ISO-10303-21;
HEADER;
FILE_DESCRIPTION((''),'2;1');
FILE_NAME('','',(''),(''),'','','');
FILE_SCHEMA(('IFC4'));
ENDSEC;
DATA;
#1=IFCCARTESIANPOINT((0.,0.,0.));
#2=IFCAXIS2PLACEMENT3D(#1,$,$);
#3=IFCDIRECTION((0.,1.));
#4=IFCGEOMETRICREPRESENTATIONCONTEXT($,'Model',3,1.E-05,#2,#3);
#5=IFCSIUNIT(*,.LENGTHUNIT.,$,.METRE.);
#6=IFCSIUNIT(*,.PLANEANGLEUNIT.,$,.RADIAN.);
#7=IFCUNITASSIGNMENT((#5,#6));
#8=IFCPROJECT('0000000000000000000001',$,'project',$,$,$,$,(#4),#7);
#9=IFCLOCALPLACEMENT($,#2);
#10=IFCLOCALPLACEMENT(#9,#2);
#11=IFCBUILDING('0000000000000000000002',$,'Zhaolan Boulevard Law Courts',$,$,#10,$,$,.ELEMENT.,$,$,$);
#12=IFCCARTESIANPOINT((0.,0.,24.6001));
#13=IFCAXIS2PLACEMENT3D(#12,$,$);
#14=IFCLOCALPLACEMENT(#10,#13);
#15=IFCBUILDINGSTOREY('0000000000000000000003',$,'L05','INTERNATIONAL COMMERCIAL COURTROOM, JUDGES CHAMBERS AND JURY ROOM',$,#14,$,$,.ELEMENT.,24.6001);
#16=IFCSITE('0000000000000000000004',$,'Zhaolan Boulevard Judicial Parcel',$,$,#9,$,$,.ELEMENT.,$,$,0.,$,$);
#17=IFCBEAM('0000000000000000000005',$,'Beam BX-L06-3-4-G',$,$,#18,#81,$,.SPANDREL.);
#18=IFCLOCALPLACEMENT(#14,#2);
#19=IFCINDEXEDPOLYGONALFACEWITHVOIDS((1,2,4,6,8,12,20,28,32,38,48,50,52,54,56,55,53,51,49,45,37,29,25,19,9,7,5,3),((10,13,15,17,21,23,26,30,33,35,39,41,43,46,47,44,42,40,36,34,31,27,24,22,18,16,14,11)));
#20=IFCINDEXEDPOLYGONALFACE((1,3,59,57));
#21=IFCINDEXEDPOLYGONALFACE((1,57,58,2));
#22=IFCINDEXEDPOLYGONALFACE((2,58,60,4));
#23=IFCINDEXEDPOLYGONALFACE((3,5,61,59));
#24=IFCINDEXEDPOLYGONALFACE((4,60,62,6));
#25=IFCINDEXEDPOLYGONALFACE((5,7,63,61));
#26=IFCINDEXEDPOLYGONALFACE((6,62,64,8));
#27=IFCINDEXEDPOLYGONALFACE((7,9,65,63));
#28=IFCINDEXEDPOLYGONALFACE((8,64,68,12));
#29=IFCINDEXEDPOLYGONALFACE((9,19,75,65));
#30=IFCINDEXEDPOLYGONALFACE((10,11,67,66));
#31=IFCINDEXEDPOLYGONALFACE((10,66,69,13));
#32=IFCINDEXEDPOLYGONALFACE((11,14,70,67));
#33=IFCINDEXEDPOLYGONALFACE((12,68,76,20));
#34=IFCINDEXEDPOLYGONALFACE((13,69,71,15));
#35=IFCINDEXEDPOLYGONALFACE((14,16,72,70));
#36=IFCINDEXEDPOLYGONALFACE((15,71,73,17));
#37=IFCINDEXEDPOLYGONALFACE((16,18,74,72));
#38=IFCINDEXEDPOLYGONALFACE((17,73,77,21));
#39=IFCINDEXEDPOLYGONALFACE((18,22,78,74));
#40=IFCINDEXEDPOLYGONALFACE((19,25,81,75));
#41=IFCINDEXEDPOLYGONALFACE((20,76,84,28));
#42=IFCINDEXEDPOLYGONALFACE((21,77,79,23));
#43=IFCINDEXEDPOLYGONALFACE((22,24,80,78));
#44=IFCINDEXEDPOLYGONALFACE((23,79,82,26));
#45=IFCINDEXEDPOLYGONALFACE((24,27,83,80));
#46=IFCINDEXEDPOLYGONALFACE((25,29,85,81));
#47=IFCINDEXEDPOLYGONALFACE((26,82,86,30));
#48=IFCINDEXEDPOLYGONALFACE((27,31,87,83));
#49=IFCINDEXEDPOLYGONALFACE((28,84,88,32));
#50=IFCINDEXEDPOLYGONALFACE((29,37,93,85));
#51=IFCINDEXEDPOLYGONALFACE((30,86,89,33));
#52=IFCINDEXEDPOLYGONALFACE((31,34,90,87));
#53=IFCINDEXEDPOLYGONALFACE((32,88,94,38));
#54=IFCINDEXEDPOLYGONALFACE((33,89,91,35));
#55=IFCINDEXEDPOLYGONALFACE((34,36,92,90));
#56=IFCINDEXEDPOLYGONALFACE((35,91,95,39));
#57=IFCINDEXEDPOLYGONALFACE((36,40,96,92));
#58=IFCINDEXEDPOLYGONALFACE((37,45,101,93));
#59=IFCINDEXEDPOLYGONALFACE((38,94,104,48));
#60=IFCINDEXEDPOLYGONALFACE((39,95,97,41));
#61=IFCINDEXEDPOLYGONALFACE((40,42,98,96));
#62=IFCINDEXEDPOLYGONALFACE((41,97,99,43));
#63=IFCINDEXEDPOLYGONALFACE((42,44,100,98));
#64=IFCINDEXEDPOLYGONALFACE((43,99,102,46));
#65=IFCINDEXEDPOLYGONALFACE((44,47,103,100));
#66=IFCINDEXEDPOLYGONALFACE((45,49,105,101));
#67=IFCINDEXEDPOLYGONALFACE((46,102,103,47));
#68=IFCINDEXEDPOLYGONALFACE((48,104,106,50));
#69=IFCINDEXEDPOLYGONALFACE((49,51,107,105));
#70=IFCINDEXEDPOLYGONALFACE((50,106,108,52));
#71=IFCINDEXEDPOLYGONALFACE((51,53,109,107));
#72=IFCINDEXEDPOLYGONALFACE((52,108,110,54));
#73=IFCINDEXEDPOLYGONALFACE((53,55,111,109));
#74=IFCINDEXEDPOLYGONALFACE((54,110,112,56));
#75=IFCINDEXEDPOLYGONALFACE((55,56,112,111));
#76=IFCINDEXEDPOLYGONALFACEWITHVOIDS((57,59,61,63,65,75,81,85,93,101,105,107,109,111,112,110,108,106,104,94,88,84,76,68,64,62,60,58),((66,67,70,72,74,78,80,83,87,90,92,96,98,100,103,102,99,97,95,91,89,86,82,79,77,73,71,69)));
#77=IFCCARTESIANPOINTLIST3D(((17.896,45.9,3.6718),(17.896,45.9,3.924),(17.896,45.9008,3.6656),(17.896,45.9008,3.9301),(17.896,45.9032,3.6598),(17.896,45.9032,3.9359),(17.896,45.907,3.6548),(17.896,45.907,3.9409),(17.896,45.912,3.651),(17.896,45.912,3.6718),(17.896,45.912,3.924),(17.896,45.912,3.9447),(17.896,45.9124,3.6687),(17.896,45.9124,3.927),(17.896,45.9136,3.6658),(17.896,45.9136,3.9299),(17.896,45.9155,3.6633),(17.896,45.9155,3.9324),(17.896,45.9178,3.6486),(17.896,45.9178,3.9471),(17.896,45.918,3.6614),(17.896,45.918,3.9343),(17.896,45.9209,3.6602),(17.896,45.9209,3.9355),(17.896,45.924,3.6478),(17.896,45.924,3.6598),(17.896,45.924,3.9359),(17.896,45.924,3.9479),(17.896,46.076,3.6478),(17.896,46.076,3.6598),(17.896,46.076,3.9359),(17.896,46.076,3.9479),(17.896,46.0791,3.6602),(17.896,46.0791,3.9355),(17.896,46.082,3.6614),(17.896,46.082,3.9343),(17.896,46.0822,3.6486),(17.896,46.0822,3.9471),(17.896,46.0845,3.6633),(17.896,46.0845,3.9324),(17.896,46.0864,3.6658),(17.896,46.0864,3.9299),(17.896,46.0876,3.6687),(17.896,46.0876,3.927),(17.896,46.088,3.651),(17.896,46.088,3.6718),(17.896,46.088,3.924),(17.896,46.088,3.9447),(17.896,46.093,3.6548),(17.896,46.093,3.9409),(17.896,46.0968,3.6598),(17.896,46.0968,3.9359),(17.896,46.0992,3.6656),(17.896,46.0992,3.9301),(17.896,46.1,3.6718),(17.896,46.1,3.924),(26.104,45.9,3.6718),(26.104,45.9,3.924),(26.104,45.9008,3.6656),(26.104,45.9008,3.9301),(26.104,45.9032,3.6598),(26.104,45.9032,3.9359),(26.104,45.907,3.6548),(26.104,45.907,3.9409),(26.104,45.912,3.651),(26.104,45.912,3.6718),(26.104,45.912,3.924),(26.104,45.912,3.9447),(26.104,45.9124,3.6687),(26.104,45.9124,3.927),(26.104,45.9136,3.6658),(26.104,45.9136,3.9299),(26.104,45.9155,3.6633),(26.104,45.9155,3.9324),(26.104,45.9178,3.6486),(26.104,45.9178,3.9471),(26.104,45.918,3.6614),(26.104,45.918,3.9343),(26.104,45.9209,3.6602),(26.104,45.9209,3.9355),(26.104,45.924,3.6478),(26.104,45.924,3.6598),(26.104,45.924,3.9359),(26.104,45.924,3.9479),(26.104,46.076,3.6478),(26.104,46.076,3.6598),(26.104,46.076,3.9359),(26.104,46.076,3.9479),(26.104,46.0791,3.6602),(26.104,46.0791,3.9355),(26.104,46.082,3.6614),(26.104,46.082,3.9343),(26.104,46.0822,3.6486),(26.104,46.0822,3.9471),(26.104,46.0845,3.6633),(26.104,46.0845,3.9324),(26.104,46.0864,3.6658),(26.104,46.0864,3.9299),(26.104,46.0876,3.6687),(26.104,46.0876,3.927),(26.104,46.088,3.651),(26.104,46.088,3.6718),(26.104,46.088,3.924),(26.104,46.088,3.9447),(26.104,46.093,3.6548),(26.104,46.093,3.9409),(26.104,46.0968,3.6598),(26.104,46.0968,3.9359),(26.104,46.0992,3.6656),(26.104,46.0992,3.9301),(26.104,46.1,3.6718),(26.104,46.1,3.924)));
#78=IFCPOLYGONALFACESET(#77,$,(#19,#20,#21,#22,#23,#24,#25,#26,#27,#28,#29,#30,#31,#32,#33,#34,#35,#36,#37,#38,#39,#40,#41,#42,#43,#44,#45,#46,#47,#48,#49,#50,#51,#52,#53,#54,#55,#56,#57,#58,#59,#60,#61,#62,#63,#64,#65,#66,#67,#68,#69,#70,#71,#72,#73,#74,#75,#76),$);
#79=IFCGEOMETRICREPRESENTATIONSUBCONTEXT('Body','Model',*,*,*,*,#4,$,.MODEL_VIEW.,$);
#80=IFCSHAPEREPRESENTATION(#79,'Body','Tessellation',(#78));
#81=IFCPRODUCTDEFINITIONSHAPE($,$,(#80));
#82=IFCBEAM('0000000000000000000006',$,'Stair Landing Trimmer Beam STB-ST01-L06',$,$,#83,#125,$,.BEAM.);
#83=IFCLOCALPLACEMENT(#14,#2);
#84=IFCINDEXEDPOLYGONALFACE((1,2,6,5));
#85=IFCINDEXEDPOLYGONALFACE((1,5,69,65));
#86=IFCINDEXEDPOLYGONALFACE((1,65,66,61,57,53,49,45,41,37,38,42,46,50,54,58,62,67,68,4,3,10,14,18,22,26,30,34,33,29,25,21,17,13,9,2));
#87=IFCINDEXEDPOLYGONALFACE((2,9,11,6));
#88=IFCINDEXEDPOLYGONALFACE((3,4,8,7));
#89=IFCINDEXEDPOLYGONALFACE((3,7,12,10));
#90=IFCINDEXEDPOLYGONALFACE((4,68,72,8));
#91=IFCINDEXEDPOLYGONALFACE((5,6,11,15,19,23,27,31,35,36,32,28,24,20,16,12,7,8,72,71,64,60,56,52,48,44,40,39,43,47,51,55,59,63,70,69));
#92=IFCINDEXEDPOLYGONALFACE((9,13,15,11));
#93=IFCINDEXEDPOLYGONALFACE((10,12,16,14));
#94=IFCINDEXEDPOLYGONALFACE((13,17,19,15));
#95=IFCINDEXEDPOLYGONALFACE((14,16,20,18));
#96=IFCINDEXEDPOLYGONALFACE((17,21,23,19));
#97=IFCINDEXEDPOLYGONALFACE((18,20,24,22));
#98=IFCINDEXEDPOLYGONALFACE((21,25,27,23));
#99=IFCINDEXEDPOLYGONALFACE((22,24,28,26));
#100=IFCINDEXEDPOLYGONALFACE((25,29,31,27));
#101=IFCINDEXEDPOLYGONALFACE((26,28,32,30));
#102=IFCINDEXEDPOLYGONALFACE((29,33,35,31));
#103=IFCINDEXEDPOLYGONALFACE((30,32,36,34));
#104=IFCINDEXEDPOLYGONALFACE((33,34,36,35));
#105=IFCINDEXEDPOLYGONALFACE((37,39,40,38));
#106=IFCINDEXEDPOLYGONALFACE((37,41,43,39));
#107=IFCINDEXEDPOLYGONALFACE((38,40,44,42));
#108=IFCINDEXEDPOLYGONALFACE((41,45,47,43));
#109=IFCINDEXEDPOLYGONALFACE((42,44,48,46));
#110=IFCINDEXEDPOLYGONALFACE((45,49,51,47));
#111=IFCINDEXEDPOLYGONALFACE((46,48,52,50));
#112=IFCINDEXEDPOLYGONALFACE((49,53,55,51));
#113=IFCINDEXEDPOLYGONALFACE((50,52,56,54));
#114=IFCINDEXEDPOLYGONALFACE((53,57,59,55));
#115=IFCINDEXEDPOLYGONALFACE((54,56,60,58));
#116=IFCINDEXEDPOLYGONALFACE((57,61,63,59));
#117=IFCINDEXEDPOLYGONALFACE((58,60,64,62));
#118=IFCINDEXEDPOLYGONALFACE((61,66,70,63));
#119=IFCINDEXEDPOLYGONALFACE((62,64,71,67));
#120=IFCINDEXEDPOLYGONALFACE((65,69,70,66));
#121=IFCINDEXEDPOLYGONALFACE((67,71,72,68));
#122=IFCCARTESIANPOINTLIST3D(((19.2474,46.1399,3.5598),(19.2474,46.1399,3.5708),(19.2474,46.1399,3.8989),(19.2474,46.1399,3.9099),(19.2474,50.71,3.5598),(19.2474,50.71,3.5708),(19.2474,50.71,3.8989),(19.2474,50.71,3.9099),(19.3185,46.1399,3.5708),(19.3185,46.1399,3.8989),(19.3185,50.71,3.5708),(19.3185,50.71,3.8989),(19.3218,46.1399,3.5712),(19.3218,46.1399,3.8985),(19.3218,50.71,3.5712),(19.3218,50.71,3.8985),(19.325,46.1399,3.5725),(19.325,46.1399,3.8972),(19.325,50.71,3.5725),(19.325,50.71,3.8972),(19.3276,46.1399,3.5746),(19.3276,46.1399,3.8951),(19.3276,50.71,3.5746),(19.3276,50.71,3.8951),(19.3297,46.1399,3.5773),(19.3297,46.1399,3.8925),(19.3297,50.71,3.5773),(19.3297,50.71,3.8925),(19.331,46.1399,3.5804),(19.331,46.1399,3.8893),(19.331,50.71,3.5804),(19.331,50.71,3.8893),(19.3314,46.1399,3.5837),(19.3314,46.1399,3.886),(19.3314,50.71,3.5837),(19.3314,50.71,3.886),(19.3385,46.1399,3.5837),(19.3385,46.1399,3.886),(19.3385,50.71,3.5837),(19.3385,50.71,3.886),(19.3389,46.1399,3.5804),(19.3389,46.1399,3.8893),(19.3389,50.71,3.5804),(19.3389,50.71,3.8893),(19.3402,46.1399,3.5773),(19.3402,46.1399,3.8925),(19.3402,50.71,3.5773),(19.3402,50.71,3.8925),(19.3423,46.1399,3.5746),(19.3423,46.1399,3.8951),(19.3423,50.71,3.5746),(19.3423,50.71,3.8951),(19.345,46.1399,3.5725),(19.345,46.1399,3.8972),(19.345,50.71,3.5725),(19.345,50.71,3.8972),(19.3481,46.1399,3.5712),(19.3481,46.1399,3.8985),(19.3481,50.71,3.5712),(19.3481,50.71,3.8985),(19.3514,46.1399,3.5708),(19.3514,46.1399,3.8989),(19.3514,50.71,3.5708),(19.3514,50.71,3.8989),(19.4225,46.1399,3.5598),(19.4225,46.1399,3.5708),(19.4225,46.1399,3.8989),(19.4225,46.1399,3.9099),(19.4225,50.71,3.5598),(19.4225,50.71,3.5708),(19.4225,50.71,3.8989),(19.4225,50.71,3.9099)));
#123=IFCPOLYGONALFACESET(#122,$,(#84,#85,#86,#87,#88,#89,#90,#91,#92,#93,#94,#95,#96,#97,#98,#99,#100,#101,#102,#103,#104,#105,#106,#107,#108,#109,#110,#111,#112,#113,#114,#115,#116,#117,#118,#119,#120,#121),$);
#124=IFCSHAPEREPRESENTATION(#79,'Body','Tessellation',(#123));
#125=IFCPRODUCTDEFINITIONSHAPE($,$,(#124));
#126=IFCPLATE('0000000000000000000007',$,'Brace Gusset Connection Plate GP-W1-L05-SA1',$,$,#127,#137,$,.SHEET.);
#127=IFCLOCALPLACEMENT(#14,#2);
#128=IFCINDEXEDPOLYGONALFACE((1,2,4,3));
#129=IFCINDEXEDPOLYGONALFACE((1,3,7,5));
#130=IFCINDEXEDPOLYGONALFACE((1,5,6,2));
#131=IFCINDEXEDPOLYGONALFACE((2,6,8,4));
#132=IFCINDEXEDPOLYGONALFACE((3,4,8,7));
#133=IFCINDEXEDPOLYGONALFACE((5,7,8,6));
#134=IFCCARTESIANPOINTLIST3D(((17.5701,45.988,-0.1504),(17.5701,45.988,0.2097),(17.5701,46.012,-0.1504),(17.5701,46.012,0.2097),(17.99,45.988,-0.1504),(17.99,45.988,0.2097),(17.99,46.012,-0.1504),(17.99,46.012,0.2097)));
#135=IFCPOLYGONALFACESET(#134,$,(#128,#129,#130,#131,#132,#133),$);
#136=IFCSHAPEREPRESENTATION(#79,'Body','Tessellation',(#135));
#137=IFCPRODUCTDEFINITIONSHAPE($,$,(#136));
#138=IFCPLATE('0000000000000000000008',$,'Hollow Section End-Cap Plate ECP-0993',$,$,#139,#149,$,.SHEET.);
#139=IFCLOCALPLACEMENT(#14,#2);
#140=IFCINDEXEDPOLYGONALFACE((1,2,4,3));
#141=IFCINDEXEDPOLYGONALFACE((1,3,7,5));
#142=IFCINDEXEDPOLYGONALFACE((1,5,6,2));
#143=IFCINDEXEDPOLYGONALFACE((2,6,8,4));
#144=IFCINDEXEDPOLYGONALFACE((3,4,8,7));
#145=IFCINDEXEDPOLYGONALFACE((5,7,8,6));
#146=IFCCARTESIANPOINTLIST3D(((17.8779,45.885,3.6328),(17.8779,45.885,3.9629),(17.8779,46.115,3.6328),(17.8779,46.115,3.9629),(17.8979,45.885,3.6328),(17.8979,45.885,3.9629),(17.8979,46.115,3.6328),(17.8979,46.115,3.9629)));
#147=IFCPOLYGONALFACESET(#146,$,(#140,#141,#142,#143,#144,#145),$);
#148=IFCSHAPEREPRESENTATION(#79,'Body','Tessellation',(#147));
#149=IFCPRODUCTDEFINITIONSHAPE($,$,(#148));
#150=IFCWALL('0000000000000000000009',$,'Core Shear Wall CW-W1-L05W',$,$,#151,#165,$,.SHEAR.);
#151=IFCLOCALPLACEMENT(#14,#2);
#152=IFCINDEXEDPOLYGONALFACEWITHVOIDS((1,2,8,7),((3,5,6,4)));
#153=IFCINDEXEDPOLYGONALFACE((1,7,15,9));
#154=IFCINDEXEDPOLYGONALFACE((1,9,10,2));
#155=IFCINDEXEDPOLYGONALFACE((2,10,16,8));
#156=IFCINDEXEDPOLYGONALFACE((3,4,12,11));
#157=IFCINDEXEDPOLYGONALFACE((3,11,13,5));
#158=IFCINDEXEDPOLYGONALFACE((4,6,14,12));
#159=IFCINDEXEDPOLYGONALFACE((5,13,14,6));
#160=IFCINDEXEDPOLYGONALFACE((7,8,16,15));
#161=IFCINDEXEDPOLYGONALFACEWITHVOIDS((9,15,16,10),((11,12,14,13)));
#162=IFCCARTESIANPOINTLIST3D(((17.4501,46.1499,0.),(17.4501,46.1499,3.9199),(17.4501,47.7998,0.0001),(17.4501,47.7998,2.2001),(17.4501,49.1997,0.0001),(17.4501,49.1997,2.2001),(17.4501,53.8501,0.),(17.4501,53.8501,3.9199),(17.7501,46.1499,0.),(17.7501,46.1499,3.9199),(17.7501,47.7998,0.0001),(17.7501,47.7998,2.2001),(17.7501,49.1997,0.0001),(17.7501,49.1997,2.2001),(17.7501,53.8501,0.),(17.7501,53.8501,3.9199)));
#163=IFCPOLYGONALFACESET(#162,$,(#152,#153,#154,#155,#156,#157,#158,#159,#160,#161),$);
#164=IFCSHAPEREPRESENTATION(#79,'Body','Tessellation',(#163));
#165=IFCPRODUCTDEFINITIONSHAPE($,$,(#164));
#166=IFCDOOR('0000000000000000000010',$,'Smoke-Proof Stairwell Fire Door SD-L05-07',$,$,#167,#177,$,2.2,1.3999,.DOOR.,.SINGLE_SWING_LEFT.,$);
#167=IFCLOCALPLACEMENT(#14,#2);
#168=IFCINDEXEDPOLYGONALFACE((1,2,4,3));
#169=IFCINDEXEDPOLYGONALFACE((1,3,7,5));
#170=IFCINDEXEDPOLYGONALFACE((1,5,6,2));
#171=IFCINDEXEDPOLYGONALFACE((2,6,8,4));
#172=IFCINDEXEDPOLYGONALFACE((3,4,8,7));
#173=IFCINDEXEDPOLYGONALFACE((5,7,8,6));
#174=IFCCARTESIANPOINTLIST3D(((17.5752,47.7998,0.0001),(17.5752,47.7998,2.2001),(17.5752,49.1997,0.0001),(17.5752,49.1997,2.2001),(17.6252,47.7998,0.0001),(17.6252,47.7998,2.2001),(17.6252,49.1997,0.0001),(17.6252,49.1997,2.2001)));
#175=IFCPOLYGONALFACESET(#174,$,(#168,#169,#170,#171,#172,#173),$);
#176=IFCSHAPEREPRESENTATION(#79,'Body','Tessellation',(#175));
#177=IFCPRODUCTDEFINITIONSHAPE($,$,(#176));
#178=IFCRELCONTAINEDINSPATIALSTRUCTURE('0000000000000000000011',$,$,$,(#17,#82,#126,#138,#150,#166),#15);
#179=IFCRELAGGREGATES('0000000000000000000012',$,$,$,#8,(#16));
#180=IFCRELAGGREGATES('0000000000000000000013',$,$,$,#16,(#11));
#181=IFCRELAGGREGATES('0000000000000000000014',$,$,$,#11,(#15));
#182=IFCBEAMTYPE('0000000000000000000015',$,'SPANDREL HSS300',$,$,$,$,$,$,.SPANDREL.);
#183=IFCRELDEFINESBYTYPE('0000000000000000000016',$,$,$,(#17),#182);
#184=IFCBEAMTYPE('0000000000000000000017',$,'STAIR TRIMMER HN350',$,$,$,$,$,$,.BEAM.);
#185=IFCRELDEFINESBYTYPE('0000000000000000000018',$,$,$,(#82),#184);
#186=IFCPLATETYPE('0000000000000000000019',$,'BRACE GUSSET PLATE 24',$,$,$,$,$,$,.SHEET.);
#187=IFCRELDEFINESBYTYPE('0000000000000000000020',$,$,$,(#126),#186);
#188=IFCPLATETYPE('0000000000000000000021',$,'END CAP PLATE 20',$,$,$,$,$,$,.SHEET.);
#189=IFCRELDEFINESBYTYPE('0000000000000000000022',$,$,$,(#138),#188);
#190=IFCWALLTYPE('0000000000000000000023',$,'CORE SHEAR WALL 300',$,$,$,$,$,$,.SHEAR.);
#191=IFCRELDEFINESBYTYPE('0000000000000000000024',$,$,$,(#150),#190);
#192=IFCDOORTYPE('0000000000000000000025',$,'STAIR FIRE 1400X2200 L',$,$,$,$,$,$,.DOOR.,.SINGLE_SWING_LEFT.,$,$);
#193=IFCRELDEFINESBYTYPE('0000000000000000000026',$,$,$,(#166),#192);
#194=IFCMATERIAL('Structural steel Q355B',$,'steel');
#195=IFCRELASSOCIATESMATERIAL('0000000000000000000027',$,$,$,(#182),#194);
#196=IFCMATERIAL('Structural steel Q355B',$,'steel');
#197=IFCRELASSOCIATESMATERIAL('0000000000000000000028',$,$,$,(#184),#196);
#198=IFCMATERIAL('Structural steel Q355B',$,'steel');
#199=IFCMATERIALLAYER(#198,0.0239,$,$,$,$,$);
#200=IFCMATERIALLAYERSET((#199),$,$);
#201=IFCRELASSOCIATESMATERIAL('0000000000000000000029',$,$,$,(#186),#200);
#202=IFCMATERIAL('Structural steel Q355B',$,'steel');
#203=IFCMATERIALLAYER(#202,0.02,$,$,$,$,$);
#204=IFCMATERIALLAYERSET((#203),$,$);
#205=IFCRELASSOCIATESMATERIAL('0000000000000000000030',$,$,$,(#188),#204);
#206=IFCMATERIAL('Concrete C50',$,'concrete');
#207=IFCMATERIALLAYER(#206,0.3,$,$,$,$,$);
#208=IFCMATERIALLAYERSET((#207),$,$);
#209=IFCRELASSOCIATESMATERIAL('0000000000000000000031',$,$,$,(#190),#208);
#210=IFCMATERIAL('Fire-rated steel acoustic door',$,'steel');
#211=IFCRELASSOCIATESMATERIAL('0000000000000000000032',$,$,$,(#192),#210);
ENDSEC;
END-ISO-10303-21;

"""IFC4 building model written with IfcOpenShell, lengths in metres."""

from ifc_helpers import new_model, si_unit, direction, frame, frame_2d, origin, origin_2d, place, context, subcontext, project, spatial, rectangle, hollow_rectangle, i_section, extrude, material, layer, layer_set, material_profile, profile_set, type_object, element, fill, save


model = new_model("IFC4")

# Units and contexts
model_context = context("Model", 3, precision=1e-05, world=origin(), true_north=direction((0.0, 1.0)))
body_context = subcontext(model_context, "Body", "Model", "MODEL_VIEW")
ifc_project = project(units=[si_unit("LENGTHUNIT", "METRE"), si_unit("PLANEANGLEUNIT", "RADIAN")], contexts=[model_context])

# Site, building, storey
site_placement = place(None, origin())
site = spatial("IfcSite", under=ifc_project, at=site_placement, Name="Zhaolan Boulevard Judicial Parcel", CompositionType="ELEMENT", RefElevation=0.0)
building_placement = place(site_placement, origin())
building = spatial("IfcBuilding", under=site, at=building_placement, Name="Zhaolan Boulevard Law Courts", CompositionType="ELEMENT")
storey_placement = place(building_placement, frame((0.0, 0.0, 24.6001)))
storey = spatial("IfcBuildingStorey", under=building, at=storey_placement, Name="L05", Description="INTERNATIONAL COMMERCIAL COURTROOM, JUDGES CHAMBERS AND JURY ROOM", CompositionType="ELEMENT", Elevation=24.6001)

# Beams
ifc_material_1 = material(Name="Structural steel Q355B", Category="steel")
ifc_material_profile_1 = material_profile(ifc_material_1, hollow_rectangle(XDim=0.2, YDim=0.3, WallThickness=0.012, InnerFilletRadius=0.012, OuterFilletRadius=0.0239, at=origin_2d()), Name="HSS300x200x12")
ifc_profile_set_1 = profile_set([ifc_material_profile_1], Name="Structural steel Q355B")
beam_type_1 = type_object("IfcBeamType", Name="SPANDREL HSS300", PredefinedType="SPANDREL", material=ifc_profile_set_1)
beam_1_placement = place(storey_placement, frame((17.896, 46.0, 3.7979), z_axis=(1.0, 0.0, 0.0), x_axis=(0.0, 1.0, 0.0)))
element("IfcBeam", 1, at=beam_1_placement, inside=storey, type_object=beam_type_1, Name="Beam BX-L06-3-4-G", PredefinedType="SPANDREL", context=body_context, shape_type="SweptSolid", body=[
    extrude(hollow_rectangle(XDim=0.2, YDim=0.3, WallThickness=0.012, InnerFilletRadius=0.012, OuterFilletRadius=0.0239, at=origin_2d()), origin(), (0.0, 0.0, 1.0), 8.208),
])
ifc_material_2 = material(Name="Structural steel Q355B", Category="steel")
ifc_material_profile_2 = material_profile(ifc_material_2, i_section(OverallWidth=0.175, OverallDepth=0.3501, WebThickness=0.0071, FlangeThickness=0.011, FilletRadius=0.0129, at=origin_2d()), Name="HN350x175")
ifc_profile_set_2 = profile_set([ifc_material_profile_2], Name="Structural steel Q355B")
beam_type_2 = type_object("IfcBeamType", Name="STAIR TRIMMER HN350", PredefinedType="BEAM", material=ifc_profile_set_2)
beam_2_placement = place(storey_placement, frame((19.335, 46.1399, 3.7349), z_axis=(0.0, 1.0, 0.0), x_axis=(-1.0, 0.0, 0.0)))
element("IfcBeam", 2, at=beam_2_placement, inside=storey, type_object=beam_type_2, Name="Stair Landing Trimmer Beam STB-ST01-L06", PredefinedType="BEAM", context=body_context, shape_type="SweptSolid", body=[
    extrude(i_section(OverallWidth=0.175, OverallDepth=0.3501, WebThickness=0.0071, FlangeThickness=0.011, FilletRadius=0.0129, at=origin_2d()), origin(), (0.0, 0.0, 1.0), 4.5701),
])

# Plates
ifc_material_3 = material(Name="Structural steel Q355B", Category="steel")
ifc_layer_1 = layer(ifc_material_3, 0.0239)
ifc_layer_set_1 = layer_set([ifc_layer_1])
plate_type_1 = type_object("IfcPlateType", Name="BRACE GUSSET PLATE 24", PredefinedType="SHEET", material=ifc_layer_set_1)
plate_1_placement = place(storey_placement, frame((17.78, 46.0, -0.1504), z_axis=(0.0, 0.0, 1.0), x_axis=(1.0, 0.0, 0.0)))
element("IfcPlate", 3, at=plate_1_placement, inside=storey, type_object=plate_type_1, Name="Brace Gusset Connection Plate GP-W1-L05-SA1", PredefinedType="SHEET", context=body_context, shape_type="SweptSolid", body=[
    extrude(rectangle(XDim=0.4199, YDim=0.0239, at=origin_2d()), origin(), (0.0, 0.0, 1.0), 0.3601),
])
ifc_material_4 = material(Name="Structural steel Q355B", Category="steel")
ifc_layer_2 = layer(ifc_material_4, 0.02)
ifc_layer_set_2 = layer_set([ifc_layer_2])
plate_type_2 = type_object("IfcPlateType", Name="END CAP PLATE 20", PredefinedType="SHEET", material=ifc_layer_set_2)
plate_2_placement = place(storey_placement, frame((17.8879, 46.0, 3.6328), z_axis=(0.0, 0.0, 1.0), x_axis=(1.0, 0.0, 0.0)))
element("IfcPlate", 4, at=plate_2_placement, inside=storey, type_object=plate_type_2, Name="Hollow Section End-Cap Plate ECP-0993", PredefinedType="SHEET", context=body_context, shape_type="SweptSolid", body=[
    extrude(rectangle(XDim=0.02, YDim=0.23, at=origin_2d()), origin(), (0.0, 0.0, 1.0), 0.3301),
])

# Wall, opening, door
ifc_material_5 = material(Name="Concrete C50", Category="concrete")
ifc_layer_3 = layer(ifc_material_5, 0.3)
ifc_layer_set_3 = layer_set([ifc_layer_3])
wall_type_1 = type_object("IfcWallType", Name="CORE SHEAR WALL 300", PredefinedType="SHEAR", material=ifc_layer_set_3)
wall_1_placement = place(storey_placement, frame((17.6001, 46.1499, 0.0), z_axis=(0.0, 0.0, 1.0), x_axis=(0.0, 1.0, 0.0)))
wall_1 = element("IfcWall", 5, at=wall_1_placement, inside=storey, type_object=wall_type_1, Name="Core Shear Wall CW-W1-L05W", PredefinedType="SHEAR", context=body_context, shape_type="SweptSolid", body=[
    extrude(rectangle(XDim=7.7002, YDim=0.3, at=frame_2d((3.8501, 0.0))), origin(), (0.0, 0.0, 1.0), 3.9199),
])
opening_1_placement = place(wall_1_placement, frame((1.6499, 0.0, 0.0)))
opening_1 = element("IfcOpeningElement", 6, at=opening_1_placement, cuts=wall_1, PredefinedType="OPENING", context=body_context, shape_type="SweptSolid", body=[
    extrude(rectangle(XDim=1.3999, YDim=2.2, at=frame_2d((0.7, 1.1001))), frame((0.0, 0.1599, 0.0), z_axis=(0.0, -1.0, 0.0), x_axis=(1.0, 0.0, 0.0)), (0.0, 0.0, 1.0), 0.3201),
])
ifc_material_6 = material(Name="Fire-rated steel acoustic door", Category="steel")
door_type_1 = type_object("IfcDoorType", Name="STAIR FIRE 1400X2200 L", OperationType="SINGLE_SWING_LEFT", PredefinedType="DOOR", material=ifc_material_6)
door_1_placement = place(opening_1_placement, origin())
door_1 = element("IfcDoor", 7, at=door_1_placement, inside=storey, type_object=door_type_1, Name="Smoke-Proof Stairwell Fire Door SD-L05-07", OperationType="SINGLE_SWING_LEFT", OverallHeight=2.2, OverallWidth=1.3999, PredefinedType="DOOR", context=body_context, shape_type="SweptSolid", body=[
    extrude(rectangle(XDim=1.3999, YDim=2.2, at=frame_2d((0.7, 1.1001))), frame((0.0, 0.0249, 0.0), z_axis=(0.0, -1.0, 0.0), x_axis=(1.0, 0.0, 0.0)), (0.0, 0.0, 1.0), 0.05),
])
fill(opening_1, door_1)

save(model, "model.ifc")
